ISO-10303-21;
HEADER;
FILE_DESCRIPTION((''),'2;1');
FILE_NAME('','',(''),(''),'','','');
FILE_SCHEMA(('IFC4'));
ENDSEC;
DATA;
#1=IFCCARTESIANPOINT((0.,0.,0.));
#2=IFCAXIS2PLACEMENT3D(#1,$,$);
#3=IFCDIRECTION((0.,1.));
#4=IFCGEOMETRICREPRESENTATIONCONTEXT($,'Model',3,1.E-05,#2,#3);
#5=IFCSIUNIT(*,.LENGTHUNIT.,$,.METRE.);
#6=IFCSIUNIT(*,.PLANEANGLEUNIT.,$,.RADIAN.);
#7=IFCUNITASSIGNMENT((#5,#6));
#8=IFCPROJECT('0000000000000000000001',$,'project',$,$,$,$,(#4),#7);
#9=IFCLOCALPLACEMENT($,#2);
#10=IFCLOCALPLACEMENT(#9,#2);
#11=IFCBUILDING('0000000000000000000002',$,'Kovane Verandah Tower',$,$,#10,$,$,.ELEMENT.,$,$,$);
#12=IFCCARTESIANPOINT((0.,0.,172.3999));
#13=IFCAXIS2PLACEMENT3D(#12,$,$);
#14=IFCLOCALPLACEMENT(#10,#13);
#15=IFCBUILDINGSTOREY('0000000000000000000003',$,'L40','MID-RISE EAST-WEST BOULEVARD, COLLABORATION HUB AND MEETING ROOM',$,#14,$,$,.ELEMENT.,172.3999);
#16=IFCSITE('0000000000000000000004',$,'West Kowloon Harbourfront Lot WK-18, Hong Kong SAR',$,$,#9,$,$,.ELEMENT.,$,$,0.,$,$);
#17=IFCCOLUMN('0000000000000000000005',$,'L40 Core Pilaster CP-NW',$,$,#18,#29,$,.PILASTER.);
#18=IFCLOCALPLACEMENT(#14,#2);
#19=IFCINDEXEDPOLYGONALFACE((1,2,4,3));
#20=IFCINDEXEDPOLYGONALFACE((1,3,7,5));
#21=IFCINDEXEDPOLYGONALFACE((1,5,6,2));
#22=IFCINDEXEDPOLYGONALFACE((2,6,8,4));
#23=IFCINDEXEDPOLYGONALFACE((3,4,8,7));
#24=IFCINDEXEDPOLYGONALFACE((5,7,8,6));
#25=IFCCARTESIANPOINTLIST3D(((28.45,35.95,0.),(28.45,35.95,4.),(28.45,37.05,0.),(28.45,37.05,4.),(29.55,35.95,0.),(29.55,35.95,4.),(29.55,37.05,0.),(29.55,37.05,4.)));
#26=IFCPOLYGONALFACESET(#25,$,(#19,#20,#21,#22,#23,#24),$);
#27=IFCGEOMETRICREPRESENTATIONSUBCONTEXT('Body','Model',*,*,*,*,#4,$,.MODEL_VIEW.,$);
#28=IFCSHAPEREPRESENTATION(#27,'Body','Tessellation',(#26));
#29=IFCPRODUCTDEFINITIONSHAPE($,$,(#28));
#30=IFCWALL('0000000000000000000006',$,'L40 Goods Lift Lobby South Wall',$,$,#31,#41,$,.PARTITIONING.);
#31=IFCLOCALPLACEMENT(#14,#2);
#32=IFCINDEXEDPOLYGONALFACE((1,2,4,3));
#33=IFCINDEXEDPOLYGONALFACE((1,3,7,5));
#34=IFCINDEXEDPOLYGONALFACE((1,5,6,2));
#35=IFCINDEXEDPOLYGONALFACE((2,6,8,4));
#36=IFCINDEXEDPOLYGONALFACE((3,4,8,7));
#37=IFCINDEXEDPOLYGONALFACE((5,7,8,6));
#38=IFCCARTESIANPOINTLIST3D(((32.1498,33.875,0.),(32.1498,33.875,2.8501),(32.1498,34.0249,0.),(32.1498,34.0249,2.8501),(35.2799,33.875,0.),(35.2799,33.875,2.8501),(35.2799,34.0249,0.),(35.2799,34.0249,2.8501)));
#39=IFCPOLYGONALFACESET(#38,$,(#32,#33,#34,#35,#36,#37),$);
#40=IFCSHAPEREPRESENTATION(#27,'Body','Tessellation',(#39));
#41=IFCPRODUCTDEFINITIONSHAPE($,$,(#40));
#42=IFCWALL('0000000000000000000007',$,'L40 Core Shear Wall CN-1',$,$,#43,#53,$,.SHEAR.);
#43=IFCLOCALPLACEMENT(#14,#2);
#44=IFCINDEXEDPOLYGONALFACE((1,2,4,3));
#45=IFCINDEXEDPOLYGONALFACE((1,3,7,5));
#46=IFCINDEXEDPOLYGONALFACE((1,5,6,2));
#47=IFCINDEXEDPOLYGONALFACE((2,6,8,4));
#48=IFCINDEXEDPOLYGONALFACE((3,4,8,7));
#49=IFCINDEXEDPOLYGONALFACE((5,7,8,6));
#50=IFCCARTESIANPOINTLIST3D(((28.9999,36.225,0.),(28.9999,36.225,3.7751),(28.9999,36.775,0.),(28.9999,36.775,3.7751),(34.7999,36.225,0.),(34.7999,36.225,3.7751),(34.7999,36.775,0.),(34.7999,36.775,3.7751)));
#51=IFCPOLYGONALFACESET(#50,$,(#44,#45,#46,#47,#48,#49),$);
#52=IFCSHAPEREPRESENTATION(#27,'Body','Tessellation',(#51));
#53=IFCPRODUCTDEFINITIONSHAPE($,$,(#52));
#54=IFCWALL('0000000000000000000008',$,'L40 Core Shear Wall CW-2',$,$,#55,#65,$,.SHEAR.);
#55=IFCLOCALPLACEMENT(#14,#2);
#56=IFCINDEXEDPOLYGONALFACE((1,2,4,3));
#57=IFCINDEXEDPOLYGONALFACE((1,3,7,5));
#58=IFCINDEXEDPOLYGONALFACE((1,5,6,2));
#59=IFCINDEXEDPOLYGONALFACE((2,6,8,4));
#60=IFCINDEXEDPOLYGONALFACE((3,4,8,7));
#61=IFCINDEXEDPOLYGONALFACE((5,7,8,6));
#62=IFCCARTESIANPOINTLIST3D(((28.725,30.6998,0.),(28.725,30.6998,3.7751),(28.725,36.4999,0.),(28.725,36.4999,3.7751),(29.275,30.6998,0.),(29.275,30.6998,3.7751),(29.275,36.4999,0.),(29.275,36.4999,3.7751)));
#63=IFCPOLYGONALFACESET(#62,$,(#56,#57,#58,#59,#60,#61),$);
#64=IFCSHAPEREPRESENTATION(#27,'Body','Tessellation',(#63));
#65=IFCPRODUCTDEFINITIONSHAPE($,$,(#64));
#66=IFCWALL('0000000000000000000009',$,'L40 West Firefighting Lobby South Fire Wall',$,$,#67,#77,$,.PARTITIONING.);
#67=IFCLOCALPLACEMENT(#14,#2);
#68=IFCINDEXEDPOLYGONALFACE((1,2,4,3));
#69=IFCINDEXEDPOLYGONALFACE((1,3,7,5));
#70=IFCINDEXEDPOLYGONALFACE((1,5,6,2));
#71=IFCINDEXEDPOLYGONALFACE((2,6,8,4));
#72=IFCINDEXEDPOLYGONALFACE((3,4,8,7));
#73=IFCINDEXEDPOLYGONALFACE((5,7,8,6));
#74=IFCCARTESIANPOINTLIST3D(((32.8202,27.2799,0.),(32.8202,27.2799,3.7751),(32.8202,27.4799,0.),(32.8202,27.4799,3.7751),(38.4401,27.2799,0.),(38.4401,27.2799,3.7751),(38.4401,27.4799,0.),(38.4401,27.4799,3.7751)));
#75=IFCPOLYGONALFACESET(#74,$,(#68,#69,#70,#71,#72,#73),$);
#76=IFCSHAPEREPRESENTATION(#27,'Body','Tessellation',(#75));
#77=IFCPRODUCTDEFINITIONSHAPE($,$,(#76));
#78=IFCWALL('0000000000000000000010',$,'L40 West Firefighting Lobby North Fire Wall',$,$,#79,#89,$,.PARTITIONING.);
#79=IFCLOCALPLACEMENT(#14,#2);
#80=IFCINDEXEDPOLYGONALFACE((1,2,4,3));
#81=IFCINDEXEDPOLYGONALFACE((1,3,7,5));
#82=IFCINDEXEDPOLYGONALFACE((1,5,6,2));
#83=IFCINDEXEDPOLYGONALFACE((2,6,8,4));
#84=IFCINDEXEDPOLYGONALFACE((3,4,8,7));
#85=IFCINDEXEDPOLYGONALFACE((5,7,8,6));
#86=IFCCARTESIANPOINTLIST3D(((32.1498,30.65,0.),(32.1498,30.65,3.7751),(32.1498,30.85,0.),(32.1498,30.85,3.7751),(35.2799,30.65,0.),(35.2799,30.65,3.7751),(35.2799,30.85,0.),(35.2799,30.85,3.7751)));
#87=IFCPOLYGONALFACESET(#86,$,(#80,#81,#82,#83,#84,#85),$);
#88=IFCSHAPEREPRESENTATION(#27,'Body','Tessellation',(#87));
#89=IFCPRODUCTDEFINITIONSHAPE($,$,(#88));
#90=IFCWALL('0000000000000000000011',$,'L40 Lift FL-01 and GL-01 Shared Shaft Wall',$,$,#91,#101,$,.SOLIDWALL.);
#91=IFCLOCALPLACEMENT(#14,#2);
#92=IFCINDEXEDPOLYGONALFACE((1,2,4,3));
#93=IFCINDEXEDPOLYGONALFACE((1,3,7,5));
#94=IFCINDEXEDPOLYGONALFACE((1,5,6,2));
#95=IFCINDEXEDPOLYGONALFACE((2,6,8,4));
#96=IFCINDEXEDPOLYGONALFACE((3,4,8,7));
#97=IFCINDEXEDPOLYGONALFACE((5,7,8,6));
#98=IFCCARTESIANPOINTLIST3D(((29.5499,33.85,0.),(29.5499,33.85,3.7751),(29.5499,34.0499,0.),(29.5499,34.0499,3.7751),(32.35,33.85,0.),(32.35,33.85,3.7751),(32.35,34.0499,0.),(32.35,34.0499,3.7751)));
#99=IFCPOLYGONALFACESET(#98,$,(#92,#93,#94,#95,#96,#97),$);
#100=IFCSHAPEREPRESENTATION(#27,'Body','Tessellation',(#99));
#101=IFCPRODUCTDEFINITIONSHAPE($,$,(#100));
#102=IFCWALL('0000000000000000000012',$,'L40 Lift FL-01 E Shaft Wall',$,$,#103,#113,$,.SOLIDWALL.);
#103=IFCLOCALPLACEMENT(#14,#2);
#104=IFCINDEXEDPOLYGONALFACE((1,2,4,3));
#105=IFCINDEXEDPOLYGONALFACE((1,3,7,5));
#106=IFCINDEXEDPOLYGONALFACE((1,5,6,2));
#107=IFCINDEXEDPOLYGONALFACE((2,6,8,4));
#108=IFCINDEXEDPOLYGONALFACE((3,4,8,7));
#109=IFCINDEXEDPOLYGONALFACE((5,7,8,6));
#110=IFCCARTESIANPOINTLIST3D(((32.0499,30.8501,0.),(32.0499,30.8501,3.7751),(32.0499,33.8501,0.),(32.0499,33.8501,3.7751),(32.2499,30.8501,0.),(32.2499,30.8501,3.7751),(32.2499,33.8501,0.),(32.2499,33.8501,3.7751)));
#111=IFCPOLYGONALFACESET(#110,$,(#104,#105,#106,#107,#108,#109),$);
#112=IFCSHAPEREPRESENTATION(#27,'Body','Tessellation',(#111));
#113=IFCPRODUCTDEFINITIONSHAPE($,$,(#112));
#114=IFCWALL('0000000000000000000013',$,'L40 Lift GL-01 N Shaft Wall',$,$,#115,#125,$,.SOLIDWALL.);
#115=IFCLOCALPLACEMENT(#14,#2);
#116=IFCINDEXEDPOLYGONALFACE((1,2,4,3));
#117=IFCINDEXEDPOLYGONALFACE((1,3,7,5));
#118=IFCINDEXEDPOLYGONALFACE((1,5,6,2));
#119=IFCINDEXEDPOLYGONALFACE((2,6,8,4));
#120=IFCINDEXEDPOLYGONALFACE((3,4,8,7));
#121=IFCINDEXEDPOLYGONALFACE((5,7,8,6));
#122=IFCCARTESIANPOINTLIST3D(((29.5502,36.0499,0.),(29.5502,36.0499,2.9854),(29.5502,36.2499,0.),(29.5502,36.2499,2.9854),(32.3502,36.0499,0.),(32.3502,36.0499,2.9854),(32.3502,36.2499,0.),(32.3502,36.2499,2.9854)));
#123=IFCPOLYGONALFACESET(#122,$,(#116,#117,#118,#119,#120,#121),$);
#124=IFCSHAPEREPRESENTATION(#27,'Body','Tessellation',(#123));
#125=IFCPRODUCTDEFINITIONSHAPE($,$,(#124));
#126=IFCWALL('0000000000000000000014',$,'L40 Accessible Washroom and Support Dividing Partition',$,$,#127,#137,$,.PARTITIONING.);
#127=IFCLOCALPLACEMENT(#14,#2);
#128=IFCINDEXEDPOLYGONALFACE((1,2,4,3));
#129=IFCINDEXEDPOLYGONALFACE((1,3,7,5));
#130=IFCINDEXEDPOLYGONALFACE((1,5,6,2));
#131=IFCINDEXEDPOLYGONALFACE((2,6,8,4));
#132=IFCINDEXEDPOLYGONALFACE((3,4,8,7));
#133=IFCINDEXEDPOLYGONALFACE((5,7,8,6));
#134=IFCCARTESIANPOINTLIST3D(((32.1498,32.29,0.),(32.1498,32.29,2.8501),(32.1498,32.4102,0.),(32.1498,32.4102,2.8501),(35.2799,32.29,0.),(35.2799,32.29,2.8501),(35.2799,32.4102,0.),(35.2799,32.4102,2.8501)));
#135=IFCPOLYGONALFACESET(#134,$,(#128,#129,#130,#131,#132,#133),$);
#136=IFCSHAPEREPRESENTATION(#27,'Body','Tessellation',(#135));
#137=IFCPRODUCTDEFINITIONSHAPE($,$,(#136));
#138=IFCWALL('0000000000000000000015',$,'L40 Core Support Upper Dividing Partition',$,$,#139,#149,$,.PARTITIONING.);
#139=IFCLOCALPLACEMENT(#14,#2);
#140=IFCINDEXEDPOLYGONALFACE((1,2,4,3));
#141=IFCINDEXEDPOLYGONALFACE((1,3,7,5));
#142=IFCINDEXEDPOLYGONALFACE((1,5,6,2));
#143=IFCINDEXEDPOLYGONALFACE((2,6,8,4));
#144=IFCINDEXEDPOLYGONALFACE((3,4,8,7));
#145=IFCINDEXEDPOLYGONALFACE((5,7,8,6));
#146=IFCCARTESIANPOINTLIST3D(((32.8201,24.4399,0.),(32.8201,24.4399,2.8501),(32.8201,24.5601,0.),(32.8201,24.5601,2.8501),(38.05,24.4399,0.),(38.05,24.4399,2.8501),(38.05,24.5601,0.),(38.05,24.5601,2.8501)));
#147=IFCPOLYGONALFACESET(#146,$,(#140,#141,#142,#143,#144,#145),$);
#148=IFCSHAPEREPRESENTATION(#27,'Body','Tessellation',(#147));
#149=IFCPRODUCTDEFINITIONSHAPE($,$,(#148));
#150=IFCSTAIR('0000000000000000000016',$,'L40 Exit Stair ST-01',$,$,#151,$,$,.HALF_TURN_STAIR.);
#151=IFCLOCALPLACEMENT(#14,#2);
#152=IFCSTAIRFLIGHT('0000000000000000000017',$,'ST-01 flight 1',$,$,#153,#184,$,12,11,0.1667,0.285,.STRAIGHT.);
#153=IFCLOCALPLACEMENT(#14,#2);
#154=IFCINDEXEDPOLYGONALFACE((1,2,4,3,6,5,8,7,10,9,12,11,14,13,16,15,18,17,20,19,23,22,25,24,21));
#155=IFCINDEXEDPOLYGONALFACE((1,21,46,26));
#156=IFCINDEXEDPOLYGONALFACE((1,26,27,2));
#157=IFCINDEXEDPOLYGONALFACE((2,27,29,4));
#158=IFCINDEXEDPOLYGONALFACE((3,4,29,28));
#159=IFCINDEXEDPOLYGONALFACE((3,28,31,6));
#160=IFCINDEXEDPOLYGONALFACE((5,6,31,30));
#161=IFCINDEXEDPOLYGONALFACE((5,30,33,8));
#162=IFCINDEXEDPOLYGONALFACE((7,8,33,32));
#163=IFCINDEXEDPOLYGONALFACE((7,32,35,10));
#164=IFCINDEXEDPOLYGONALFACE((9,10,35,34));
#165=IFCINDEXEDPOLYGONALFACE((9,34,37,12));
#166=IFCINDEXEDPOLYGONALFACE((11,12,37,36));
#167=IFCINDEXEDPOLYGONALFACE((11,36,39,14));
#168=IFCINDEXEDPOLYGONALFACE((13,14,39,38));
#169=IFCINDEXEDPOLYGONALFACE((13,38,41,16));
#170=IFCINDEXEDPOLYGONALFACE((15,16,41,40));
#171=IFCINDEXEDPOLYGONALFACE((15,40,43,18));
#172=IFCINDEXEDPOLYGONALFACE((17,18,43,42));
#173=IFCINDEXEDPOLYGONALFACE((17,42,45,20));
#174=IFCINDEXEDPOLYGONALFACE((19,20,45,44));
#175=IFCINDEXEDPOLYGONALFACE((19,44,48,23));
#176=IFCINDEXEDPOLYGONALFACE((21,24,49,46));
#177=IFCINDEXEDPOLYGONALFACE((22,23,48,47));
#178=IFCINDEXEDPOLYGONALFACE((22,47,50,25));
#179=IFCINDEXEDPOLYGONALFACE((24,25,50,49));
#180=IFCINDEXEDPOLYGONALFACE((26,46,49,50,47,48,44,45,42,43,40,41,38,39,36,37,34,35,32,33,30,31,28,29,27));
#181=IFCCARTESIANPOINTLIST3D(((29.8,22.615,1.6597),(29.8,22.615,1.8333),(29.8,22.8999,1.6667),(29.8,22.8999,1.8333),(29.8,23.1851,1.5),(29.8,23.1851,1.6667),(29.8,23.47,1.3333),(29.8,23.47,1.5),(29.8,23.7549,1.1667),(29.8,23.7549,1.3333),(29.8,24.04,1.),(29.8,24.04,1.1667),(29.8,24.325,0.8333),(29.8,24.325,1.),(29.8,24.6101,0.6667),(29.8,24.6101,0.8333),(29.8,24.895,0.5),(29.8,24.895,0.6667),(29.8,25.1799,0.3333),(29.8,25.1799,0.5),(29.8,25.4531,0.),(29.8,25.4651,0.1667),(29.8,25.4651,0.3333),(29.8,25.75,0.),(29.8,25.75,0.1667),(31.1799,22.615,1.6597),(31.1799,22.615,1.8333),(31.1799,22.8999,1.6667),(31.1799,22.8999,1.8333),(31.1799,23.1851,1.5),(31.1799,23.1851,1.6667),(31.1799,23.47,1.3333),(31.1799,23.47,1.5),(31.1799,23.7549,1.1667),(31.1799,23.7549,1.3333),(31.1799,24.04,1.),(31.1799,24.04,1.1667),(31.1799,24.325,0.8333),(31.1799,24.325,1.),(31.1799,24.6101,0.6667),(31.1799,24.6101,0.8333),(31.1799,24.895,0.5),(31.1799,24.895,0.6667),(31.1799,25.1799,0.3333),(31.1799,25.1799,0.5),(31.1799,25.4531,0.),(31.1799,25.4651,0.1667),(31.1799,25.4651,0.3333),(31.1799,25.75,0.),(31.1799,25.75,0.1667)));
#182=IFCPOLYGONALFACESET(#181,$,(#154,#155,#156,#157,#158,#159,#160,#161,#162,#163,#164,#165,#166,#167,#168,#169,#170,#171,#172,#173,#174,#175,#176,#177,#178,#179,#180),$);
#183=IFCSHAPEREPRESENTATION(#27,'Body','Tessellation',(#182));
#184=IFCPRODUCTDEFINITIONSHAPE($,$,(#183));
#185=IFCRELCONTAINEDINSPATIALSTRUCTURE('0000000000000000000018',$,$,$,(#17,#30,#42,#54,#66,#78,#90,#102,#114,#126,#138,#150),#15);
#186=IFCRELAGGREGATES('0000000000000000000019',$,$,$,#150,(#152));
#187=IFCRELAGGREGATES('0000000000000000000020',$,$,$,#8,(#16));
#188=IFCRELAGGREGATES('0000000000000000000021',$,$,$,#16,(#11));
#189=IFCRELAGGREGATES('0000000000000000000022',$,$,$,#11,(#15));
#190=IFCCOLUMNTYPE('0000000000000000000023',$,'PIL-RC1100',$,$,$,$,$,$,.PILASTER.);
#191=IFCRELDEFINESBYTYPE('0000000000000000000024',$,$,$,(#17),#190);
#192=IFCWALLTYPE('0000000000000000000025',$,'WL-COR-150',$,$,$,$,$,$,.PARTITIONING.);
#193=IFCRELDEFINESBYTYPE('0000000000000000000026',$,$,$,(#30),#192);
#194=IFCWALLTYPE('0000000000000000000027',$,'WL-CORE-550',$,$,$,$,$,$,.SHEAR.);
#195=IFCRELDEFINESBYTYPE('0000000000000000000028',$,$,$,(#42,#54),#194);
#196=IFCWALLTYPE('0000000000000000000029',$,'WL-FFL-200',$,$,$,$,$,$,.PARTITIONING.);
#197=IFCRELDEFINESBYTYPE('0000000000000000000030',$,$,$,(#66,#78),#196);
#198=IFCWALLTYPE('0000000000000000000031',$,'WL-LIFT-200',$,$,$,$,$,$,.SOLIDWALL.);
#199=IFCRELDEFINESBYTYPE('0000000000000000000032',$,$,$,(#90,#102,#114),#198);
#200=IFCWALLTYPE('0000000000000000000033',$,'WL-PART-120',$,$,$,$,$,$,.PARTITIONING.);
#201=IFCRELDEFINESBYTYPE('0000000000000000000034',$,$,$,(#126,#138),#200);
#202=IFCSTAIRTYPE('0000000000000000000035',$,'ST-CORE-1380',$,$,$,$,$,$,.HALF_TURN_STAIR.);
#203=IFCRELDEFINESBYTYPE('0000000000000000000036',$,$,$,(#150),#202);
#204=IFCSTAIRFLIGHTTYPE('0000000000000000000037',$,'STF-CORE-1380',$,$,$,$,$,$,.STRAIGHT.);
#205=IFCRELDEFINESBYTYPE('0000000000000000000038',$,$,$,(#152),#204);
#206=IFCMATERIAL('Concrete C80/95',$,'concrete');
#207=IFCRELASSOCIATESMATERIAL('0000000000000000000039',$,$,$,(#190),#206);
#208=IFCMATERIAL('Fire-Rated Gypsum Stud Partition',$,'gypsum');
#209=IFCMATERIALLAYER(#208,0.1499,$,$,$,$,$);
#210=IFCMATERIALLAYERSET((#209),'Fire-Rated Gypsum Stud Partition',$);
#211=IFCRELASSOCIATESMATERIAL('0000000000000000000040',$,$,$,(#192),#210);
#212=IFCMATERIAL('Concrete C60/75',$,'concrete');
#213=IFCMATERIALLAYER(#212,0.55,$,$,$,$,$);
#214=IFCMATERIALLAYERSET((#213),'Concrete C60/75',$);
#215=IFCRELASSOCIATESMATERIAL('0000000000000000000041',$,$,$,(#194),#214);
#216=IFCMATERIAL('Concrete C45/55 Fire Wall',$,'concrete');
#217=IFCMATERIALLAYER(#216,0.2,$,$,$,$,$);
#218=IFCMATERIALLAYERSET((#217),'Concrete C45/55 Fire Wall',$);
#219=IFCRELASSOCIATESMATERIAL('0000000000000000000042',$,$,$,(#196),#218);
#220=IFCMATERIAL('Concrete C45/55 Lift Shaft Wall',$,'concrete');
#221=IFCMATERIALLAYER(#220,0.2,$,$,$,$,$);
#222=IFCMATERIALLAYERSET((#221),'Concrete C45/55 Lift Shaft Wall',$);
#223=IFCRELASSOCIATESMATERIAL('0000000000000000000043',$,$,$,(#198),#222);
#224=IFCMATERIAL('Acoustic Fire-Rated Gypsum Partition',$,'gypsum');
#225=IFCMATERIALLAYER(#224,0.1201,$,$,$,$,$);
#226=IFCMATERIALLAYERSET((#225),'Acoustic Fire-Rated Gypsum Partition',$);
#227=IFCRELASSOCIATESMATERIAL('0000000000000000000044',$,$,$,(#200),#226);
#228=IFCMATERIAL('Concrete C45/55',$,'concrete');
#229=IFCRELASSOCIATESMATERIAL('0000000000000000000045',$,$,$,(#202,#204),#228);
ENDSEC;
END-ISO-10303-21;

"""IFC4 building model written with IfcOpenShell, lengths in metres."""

from ifc_helpers import new_model, si_unit, direction, frame, frame_2d, origin, origin_2d, place, context, subcontext, project, spatial, polyline, rectangle, outline, extrude, material, layer, layer_set, material_profile, profile_set, type_object, element, aggregate, save


model = new_model("IFC4")

# Units and contexts
model_context = context("Model", 3, precision=1e-05, world=origin(), true_north=direction((0.0, 1.0)))
body_context = subcontext(model_context, "Body", "Model", "MODEL_VIEW")
ifc_project = project(units=[si_unit("LENGTHUNIT", "METRE"), si_unit("PLANEANGLEUNIT", "RADIAN")], contexts=[model_context])

# Site, building, storey
site_placement = place(None, origin())
site = spatial("IfcSite", under=ifc_project, at=site_placement, Name="West Kowloon Harbourfront Lot WK-18, Hong Kong SAR", CompositionType="ELEMENT", RefElevation=0.0)
building_placement = place(site_placement, origin())
building = spatial("IfcBuilding", under=site, at=building_placement, Name="Kovane Verandah Tower", CompositionType="ELEMENT")
storey_placement = place(building_placement, frame((0.0, 0.0, 172.3999)))
storey = spatial("IfcBuildingStorey", under=building, at=storey_placement, Name="L40", Description="MID-RISE EAST-WEST BOULEVARD, COLLABORATION HUB AND MEETING ROOM", CompositionType="ELEMENT", Elevation=172.3999)

# Column
ifc_material_1 = material(Name="Concrete C80/95", Category="concrete")
ifc_material_profile = material_profile(ifc_material_1, rectangle(XDim=1.1001, YDim=1.1001, at=origin_2d()), Name="RC1100x1100")
ifc_profile_set = profile_set([ifc_material_profile], Name="Concrete C80/95")
column_type = type_object("IfcColumnType", Name="PIL-RC1100", PredefinedType="PILASTER", material=ifc_profile_set)
column_placement = place(storey_placement, frame((29.0, 36.5, 0.0), z_axis=(0.0, 0.0, 1.0), x_axis=(1.0, 0.0, 0.0)))
element("IfcColumn", 1, at=column_placement, inside=storey, type_object=column_type, Name="L40 Core Pilaster CP-NW", PredefinedType="PILASTER", context=body_context, shape_type="SweptSolid", body=[
    extrude(rectangle(XDim=1.1001, YDim=1.1001, at=origin_2d()), origin(), (0.0, 0.0, 1.0), 4.0),
])

# Walls
ifc_material_2 = material(Name="Fire-Rated Gypsum Stud Partition", Category="gypsum")
ifc_layer_1 = layer(ifc_material_2, 0.1499)
ifc_layer_set_1 = layer_set([ifc_layer_1], Name="Fire-Rated Gypsum Stud Partition")
wall_type_1 = type_object("IfcWallType", Name="WL-COR-150", PredefinedType="PARTITIONING", material=ifc_layer_set_1)
wall_1_placement = place(storey_placement, frame((32.1499, 33.95, 0.0), z_axis=(0.0, 0.0, 1.0), x_axis=(1.0, 0.0, 0.0)))
element("IfcWall", 2, at=wall_1_placement, inside=storey, type_object=wall_type_1, Name="L40 Goods Lift Lobby South Wall", PredefinedType="PARTITIONING", context=body_context, shape_type="SweptSolid", body=[
    extrude(rectangle(XDim=3.1301, YDim=0.1499, at=frame_2d((1.5649, 0.0))), origin(), (0.0, 0.0, 1.0), 2.8501),
])
ifc_material_3 = material(Name="Concrete C60/75", Category="concrete")
ifc_layer_2 = layer(ifc_material_3, 0.55)
ifc_layer_set_2 = layer_set([ifc_layer_2], Name="Concrete C60/75")
wall_type_2 = type_object("IfcWallType", Name="WL-CORE-550", PredefinedType="SHEAR", material=ifc_layer_set_2)
for number, where, z_axis, x_axis, name in (
    (3, (29.0, 36.5, 0.0), (0.0, 0.0, 1.0), (1.0, 0.0, 0.0), "L40 Core Shear Wall CN-1"),
    (4, (29.0, 30.7, 0.0), (0.0, 0.0, 1.0), (0.0, 1.0, 0.0), "L40 Core Shear Wall CW-2"),
):
    element("IfcWall", number, at=place(storey_placement, frame(where, z_axis=z_axis, x_axis=x_axis)), inside=storey, type_object=wall_type_2, Name=name, PredefinedType="SHEAR", context=body_context, shape_type="SweptSolid", body=[
        extrude(rectangle(XDim=5.8, YDim=0.55, at=frame_2d((2.8999, 0.0))), origin(), (0.0, 0.0, 1.0), 3.7751),
    ])
ifc_material_4 = material(Name="Concrete C45/55 Fire Wall", Category="concrete")
ifc_layer_3 = layer(ifc_material_4, 0.2)
ifc_layer_set_3 = layer_set([ifc_layer_3], Name="Concrete C45/55 Fire Wall")
wall_type_3 = type_object("IfcWallType", Name="WL-FFL-200", PredefinedType="PARTITIONING", material=ifc_layer_set_3)
wall_2_placement = place(storey_placement, frame((32.8201, 27.3799, 0.0), z_axis=(0.0, 0.0, 1.0), x_axis=(1.0, 0.0, 0.0)))
element("IfcWall", 5, at=wall_2_placement, inside=storey, type_object=wall_type_3, Name="L40 West Firefighting Lobby South Fire Wall", PredefinedType="PARTITIONING", context=body_context, shape_type="SweptSolid", body=[
    extrude(rectangle(XDim=5.6199, YDim=0.2, at=frame_2d((2.8101, 0.0))), origin(), (0.0, 0.0, 1.0), 3.7751),
])
wall_3_placement = place(storey_placement, frame((32.1499, 30.75, 0.0), z_axis=(0.0, 0.0, 1.0), x_axis=(1.0, 0.0, 0.0)))
element("IfcWall", 6, at=wall_3_placement, inside=storey, type_object=wall_type_3, Name="L40 West Firefighting Lobby North Fire Wall", PredefinedType="PARTITIONING", context=body_context, shape_type="SweptSolid", body=[
    extrude(rectangle(XDim=3.1301, YDim=0.2, at=frame_2d((1.5649, 0.0))), origin(), (0.0, 0.0, 1.0), 3.7751),
])

# Shared definitions
ifc_material_5 = material(Name="Concrete C45/55 Lift Shaft Wall", Category="concrete")
ifc_layer_4 = layer(ifc_material_5, 0.2)
ifc_layer_set_4 = layer_set([ifc_layer_4], Name="Concrete C45/55 Lift Shaft Wall")
wall_type_4 = type_object("IfcWallType", Name="WL-LIFT-200", PredefinedType="SOLIDWALL", material=ifc_layer_set_4)

# Walls
wall_4_placement = place(storey_placement, frame((29.55, 33.95, 0.0), z_axis=(0.0, 0.0, 1.0), x_axis=(1.0, 0.0, 0.0)))
element("IfcWall", 7, at=wall_4_placement, inside=storey, type_object=wall_type_4, Name="L40 Lift FL-01 and GL-01 Shared Shaft Wall", PredefinedType="SOLIDWALL", context=body_context, shape_type="SweptSolid", body=[
    extrude(rectangle(XDim=2.8, YDim=0.2, at=frame_2d((1.3999, 0.0))), origin(), (0.0, 0.0, 1.0), 3.7751),
])
wall_5_placement = place(storey_placement, frame((32.1499, 30.8501, 0.0), z_axis=(0.0, 0.0, 1.0), x_axis=(0.0, 1.0, 0.0)))
element("IfcWall", 8, at=wall_5_placement, inside=storey, type_object=wall_type_4, Name="L40 Lift FL-01 E Shaft Wall", PredefinedType="SOLIDWALL", context=body_context, shape_type="SweptSolid", body=[
    extrude(rectangle(XDim=3.0, YDim=0.2, at=frame_2d((1.5, 0.0))), origin(), (0.0, 0.0, 1.0), 3.7751),
])
wall_6_placement = place(storey_placement, frame((32.3501, 36.1499, 0.0), z_axis=(0.0, 0.0, 1.0), x_axis=(-1.0, 0.0, 0.0)))
element("IfcWall", 9, at=wall_6_placement, inside=storey, type_object=wall_type_4, Name="L40 Lift GL-01 N Shaft Wall", PredefinedType="SOLIDWALL", context=body_context, shape_type="SweptSolid", body=[
    extrude(rectangle(XDim=2.8, YDim=0.2, at=frame_2d((1.3999, 0.0))), origin(), (0.0, 0.0, 1.0), 2.9854),
])

# Walls
ifc_material_6 = material(Name="Acoustic Fire-Rated Gypsum Partition", Category="gypsum")
ifc_layer_5 = layer(ifc_material_6, 0.1201)
ifc_layer_set_5 = layer_set([ifc_layer_5], Name="Acoustic Fire-Rated Gypsum Partition")
wall_type_5 = type_object("IfcWallType", Name="WL-PART-120", PredefinedType="PARTITIONING", material=ifc_layer_set_5)
wall_7_placement = place(storey_placement, frame((32.1499, 32.3501, 0.0), z_axis=(0.0, 0.0, 1.0), x_axis=(1.0, 0.0, 0.0)))
element("IfcWall", 10, at=wall_7_placement, inside=storey, type_object=wall_type_5, Name="L40 Accessible Washroom and Support Dividing Partition", PredefinedType="PARTITIONING", context=body_context, shape_type="SweptSolid", body=[
    extrude(rectangle(XDim=3.1301, YDim=0.1201, at=frame_2d((1.5649, 0.0))), origin(), (0.0, 0.0, 1.0), 2.8501),
])
wall_8_placement = place(storey_placement, frame((32.8201, 24.5, 0.0), z_axis=(0.0, 0.0, 1.0), x_axis=(1.0, 0.0, 0.0)))
element("IfcWall", 11, at=wall_8_placement, inside=storey, type_object=wall_type_5, Name="L40 Core Support Upper Dividing Partition", PredefinedType="PARTITIONING", context=body_context, shape_type="SweptSolid", body=[
    extrude(rectangle(XDim=5.23, YDim=0.1201, at=frame_2d((2.615, 0.0))), origin(), (0.0, 0.0, 1.0), 2.8501),
])

# Shared definitions
ifc_material_7 = material(Name="Concrete C45/55", Category="concrete")

# Stair, stair flight
stair_type = type_object("IfcStairType", Name="ST-CORE-1380", PredefinedType="HALF_TURN_STAIR", material=ifc_material_7)
stair_placement = place(storey_placement, origin())
stair = element("IfcStair", 12, at=stair_placement, inside=storey, type_object=stair_type, Name="L40 Exit Stair ST-01", PredefinedType="HALF_TURN_STAIR")
stair_flight_type = type_object("IfcStairFlightType", Name="STF-CORE-1380", PredefinedType="STRAIGHT", material=ifc_material_7)
stair_flight_1_placement = place(storey_placement, frame((30.49, 25.75, 0.0), z_axis=(0.0, 0.0, 1.0), x_axis=(0.0, -1.0, 0.0)))
stair_flight_1 = element("IfcStairFlight", 13, at=stair_flight_1_placement, type_object=stair_flight_type, Name="ST-01 flight 1", NumberOfRisers=12, NumberOfTreads=11, PredefinedType="STRAIGHT", RiserHeight=0.1667, TreadLength=0.285, context=body_context, shape_type="SweptSolid", body=[
    extrude(outline(polyline([(0.0, 0.0), (0.0, 0.1667), (0.2849, 0.1667), (0.2849, 0.3333), (0.5701, 0.3333), (0.5701, 0.5), (0.855, 0.5), (0.855, 0.6667), (1.1399, 0.6667), (1.1399, 0.8333), (1.425, 0.8333), (1.425, 1.0), (1.71, 1.0), (1.71, 1.1667), (1.9951, 1.1667), (1.9951, 1.3333), (2.28, 1.3333), (2.28, 1.5), (2.5649, 1.5), (2.5649, 1.6667), (2.8501, 1.6667), (2.8501, 1.8333), (3.135, 1.8333), (3.135, 2.0), (3.135, 1.6597), (0.2969, 0.0), (0.0, 0.0)])), frame((0.0, 0.6899, 0.0), z_axis=(0.0, -1.0, 0.0), x_axis=(1.0, 0.0, 0.0)), (0.0, 0.0, 1.0), 1.3799),
])
aggregate(stair, [stair_flight_1])

save(model, "model.ifc")
